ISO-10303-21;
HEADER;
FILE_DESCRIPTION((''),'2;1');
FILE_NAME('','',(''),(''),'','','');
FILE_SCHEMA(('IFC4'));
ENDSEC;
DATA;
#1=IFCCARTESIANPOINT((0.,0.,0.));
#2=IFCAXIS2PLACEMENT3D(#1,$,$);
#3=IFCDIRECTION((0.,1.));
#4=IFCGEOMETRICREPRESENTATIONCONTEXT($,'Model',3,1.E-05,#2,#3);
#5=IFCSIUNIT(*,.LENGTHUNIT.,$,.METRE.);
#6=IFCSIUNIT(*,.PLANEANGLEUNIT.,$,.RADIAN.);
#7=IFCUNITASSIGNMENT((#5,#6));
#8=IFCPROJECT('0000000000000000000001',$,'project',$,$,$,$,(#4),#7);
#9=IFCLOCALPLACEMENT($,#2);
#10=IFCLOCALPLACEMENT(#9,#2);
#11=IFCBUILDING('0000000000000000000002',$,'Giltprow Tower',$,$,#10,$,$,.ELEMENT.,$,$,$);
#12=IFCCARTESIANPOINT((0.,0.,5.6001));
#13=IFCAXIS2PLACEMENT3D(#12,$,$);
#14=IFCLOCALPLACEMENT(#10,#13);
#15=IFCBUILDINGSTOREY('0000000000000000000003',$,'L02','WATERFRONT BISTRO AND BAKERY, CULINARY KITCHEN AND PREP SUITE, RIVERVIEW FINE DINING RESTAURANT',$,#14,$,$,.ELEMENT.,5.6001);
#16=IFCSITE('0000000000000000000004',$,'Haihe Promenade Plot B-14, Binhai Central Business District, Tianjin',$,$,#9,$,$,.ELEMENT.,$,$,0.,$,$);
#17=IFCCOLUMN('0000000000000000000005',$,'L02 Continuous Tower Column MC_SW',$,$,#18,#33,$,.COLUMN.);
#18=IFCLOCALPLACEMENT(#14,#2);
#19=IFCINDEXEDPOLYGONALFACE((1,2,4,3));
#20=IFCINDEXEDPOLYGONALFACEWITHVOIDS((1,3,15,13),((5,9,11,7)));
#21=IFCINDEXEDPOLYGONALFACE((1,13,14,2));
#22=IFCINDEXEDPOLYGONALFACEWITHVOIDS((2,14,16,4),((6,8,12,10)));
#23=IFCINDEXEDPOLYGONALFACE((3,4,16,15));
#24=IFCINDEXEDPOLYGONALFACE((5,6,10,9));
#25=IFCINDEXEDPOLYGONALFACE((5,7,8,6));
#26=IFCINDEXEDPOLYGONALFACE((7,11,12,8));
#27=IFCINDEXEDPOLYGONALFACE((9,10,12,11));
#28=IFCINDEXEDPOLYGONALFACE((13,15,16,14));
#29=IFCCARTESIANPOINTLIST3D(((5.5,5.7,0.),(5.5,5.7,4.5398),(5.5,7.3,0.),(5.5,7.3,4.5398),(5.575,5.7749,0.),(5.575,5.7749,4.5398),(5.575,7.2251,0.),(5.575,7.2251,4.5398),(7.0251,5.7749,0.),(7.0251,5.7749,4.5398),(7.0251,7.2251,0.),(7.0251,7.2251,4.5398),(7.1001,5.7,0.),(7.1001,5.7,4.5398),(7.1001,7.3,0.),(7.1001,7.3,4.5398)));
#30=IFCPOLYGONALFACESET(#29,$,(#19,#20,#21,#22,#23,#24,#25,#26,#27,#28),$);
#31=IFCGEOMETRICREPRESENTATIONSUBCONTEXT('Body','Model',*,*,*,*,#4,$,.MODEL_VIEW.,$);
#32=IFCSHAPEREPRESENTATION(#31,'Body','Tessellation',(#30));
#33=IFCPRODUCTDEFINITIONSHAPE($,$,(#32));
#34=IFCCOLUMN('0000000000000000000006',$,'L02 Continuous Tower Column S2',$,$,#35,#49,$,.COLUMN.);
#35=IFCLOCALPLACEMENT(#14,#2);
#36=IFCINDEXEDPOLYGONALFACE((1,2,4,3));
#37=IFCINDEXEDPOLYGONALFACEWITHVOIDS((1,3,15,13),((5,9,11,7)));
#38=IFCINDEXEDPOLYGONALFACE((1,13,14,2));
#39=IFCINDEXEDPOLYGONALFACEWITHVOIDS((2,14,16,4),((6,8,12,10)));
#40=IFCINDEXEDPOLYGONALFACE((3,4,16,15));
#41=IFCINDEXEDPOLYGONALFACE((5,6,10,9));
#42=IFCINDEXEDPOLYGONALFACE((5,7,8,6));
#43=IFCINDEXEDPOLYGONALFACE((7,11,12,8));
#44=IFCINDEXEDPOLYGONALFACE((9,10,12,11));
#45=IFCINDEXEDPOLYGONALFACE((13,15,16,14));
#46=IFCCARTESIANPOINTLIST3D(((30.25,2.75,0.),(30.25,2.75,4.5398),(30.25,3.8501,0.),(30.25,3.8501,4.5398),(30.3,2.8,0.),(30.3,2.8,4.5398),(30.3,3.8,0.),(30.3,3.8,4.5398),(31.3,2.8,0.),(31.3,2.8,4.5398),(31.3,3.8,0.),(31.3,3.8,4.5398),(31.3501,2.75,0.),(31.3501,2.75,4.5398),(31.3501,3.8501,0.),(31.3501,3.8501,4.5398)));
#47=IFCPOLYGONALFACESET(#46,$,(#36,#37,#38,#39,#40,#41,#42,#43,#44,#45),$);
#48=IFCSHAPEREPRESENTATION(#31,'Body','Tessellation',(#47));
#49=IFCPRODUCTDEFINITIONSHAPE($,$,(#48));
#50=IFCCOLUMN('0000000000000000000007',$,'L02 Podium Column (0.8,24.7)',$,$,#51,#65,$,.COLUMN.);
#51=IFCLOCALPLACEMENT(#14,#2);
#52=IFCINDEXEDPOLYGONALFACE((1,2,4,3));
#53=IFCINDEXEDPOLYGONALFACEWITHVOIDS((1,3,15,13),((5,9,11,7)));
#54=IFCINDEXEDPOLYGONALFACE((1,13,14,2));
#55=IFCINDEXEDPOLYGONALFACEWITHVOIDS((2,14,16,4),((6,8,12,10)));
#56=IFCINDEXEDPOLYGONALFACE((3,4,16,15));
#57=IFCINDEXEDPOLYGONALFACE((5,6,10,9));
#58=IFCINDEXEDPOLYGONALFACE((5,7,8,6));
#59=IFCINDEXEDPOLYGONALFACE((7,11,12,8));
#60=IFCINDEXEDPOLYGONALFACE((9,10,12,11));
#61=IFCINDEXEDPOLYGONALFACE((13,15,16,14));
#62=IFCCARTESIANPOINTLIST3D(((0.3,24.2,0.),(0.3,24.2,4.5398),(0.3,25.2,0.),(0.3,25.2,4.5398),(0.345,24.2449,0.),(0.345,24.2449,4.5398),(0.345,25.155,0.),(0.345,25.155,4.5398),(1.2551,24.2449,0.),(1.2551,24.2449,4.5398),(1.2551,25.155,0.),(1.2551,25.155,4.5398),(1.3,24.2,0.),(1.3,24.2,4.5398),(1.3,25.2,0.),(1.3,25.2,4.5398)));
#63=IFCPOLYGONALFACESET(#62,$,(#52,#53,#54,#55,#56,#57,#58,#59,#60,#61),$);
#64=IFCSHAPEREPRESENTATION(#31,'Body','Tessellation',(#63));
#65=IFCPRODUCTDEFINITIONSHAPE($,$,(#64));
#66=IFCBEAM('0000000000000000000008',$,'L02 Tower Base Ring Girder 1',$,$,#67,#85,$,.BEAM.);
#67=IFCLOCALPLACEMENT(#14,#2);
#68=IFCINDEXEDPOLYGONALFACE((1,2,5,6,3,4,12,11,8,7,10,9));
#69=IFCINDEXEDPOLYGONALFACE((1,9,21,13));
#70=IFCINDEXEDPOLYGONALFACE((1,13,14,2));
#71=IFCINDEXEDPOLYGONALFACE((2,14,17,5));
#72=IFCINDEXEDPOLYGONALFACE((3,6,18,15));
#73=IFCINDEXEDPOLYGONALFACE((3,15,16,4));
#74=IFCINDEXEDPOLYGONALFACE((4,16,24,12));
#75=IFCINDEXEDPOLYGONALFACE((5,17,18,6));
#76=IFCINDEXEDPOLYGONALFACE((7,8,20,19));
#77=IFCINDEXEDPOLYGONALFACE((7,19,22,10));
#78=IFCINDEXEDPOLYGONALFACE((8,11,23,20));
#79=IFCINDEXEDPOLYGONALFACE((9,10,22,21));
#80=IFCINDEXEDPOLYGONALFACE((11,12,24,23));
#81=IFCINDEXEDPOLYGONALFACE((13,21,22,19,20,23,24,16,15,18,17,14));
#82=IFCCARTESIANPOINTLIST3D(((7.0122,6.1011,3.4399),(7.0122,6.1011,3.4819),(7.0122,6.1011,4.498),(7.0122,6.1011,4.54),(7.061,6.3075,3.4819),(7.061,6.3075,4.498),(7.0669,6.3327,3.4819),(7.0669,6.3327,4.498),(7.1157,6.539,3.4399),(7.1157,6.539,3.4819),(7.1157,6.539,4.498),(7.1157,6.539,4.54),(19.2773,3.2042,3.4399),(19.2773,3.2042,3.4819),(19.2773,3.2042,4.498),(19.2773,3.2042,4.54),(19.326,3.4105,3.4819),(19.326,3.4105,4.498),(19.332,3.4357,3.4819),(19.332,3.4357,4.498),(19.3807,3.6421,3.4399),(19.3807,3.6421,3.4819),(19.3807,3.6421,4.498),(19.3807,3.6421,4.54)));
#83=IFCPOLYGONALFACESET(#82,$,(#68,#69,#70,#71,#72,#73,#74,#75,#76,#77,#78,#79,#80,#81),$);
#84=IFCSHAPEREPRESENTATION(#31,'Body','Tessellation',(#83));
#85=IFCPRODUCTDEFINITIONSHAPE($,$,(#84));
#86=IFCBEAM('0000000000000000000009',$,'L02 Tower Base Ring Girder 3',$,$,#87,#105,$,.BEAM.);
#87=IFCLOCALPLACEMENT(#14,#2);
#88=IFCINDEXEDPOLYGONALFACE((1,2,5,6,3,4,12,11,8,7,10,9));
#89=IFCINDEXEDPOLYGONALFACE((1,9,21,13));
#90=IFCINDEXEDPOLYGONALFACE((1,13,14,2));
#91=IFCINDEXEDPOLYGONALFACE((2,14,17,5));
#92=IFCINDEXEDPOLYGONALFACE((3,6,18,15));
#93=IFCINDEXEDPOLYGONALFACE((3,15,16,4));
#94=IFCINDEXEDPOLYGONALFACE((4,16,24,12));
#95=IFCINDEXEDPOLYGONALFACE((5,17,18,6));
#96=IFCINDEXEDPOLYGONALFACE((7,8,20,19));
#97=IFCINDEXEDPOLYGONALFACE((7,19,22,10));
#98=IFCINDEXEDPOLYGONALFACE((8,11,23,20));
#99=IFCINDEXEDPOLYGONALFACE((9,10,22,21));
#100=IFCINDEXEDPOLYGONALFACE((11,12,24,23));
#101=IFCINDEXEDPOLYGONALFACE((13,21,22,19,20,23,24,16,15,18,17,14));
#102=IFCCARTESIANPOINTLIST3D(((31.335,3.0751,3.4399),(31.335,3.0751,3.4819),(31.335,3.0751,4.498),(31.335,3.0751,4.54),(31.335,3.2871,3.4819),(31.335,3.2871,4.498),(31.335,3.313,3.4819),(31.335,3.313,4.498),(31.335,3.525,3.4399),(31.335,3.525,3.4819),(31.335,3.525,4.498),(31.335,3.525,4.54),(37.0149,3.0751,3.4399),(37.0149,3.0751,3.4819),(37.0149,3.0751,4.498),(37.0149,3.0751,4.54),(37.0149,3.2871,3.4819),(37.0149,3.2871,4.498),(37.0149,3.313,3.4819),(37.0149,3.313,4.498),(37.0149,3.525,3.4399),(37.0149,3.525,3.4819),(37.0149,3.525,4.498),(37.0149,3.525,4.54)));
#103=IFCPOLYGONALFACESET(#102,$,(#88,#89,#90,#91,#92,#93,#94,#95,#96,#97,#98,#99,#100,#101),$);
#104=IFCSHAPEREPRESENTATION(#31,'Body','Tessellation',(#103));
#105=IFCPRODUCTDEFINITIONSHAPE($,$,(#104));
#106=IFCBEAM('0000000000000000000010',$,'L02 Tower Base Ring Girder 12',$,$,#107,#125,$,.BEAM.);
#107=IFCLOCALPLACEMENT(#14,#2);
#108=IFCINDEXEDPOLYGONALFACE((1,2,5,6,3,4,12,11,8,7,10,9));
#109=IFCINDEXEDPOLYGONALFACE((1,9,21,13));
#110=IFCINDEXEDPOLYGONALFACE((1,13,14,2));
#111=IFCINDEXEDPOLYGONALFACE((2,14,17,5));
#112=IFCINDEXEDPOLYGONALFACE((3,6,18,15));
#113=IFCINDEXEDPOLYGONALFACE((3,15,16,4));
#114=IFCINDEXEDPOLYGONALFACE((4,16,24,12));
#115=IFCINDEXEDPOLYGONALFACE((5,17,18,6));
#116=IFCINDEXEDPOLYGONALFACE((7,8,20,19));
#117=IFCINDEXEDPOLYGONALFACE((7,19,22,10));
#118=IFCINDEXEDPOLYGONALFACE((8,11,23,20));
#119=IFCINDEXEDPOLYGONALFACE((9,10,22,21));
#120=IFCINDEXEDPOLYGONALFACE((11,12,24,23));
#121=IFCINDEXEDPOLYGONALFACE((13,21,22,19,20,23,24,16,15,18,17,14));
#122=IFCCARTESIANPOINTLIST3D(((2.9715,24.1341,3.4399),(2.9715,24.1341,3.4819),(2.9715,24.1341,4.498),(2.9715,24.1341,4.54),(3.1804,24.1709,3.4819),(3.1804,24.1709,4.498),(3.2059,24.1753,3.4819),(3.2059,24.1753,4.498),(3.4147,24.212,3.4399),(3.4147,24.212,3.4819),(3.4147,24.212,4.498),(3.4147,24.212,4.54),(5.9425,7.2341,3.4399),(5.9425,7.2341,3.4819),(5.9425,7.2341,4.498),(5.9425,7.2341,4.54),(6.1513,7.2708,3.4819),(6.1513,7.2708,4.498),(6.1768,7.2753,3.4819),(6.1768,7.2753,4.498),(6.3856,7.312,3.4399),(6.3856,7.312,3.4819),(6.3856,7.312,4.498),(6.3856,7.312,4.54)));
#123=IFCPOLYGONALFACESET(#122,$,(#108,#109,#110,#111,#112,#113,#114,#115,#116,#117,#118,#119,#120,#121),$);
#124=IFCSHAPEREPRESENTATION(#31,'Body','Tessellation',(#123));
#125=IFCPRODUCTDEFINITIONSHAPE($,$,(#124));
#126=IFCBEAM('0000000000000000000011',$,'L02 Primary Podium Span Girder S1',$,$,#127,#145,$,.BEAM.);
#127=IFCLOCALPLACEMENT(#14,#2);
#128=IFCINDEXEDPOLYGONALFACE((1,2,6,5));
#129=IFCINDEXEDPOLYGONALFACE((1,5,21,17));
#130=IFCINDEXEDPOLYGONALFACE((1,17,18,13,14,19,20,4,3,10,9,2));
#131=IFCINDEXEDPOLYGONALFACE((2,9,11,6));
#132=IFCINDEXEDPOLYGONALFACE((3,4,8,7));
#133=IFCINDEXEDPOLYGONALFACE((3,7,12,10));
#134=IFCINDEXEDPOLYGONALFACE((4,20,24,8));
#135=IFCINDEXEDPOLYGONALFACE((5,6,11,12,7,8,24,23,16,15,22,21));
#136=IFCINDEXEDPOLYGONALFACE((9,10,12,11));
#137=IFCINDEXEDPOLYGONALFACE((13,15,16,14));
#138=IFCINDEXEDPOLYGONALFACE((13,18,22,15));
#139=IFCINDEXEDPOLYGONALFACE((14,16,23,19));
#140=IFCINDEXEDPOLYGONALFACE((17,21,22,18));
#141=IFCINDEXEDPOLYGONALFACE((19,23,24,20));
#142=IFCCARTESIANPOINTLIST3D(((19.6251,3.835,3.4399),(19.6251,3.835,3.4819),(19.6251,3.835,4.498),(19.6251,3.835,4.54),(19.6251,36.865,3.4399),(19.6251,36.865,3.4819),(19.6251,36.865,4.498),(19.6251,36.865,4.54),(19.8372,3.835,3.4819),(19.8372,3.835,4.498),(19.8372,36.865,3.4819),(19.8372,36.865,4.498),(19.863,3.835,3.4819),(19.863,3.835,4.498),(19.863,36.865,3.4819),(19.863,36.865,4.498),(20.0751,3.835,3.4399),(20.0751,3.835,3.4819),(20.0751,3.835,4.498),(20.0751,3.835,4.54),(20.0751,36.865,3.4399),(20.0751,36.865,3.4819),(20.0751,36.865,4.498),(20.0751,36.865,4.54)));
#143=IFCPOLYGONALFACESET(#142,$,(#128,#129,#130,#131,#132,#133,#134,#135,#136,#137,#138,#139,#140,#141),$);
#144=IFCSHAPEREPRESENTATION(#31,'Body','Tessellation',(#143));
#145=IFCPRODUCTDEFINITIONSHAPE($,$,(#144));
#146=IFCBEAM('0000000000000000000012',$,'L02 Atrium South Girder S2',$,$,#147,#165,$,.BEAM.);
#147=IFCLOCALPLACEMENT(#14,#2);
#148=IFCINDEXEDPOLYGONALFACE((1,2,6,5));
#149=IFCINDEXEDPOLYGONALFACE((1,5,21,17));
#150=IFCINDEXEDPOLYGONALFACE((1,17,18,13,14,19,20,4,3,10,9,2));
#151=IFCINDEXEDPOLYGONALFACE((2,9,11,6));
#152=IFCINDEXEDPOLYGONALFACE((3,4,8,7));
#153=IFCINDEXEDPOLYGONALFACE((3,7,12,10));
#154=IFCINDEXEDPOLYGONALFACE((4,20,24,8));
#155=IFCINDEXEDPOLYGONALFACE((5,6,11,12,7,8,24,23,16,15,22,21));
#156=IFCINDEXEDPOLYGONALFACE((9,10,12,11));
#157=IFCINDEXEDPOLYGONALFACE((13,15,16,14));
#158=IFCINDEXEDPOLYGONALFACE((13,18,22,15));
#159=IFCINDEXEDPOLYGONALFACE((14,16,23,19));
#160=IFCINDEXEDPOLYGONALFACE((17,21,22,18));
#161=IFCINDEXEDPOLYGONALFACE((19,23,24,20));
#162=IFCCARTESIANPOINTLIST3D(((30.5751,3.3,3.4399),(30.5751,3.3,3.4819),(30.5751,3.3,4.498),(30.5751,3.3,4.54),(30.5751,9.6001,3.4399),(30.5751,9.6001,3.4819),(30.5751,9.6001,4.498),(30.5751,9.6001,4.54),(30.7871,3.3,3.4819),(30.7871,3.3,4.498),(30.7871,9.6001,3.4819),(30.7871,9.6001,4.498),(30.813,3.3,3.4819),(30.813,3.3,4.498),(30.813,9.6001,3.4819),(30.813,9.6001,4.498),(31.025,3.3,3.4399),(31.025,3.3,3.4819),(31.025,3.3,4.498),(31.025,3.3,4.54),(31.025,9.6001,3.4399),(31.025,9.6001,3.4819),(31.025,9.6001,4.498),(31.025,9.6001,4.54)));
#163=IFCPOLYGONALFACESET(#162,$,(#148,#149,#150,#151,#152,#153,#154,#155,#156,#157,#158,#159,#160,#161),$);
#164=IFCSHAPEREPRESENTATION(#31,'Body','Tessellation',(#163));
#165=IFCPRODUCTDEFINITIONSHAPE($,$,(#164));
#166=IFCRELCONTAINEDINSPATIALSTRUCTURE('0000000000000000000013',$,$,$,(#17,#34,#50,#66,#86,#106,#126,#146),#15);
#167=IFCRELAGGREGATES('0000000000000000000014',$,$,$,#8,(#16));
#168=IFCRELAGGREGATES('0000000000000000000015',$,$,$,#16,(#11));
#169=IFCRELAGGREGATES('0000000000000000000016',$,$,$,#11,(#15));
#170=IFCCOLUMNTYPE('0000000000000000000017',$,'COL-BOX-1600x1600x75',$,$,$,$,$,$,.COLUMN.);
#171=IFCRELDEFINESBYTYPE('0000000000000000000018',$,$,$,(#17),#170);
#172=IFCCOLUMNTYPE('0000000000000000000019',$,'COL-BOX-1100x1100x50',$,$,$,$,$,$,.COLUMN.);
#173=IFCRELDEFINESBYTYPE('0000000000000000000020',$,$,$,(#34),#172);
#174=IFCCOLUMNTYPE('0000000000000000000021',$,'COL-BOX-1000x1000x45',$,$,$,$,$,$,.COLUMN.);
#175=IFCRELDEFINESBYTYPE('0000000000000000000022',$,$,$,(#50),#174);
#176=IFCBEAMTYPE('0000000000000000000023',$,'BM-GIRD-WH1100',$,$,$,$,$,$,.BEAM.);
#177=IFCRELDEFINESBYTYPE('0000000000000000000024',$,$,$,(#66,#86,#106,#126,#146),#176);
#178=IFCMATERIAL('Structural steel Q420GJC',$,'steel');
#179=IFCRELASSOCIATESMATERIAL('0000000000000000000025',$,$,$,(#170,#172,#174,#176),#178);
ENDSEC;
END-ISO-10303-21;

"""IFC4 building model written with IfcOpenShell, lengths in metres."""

from ifc_helpers import new_model, si_unit, direction, frame, origin, origin_2d, place, context, subcontext, project, spatial, hollow_rectangle, i_section, extrude, source, transform, mapped, material, material_profile, profile_set, type_object, element, save


model = new_model("IFC4")

# Units and contexts
model_context = context("Model", 3, precision=1e-05, world=origin(), true_north=direction((0.0, 1.0)))
body_context = subcontext(model_context, "Body", "Model", "MODEL_VIEW")
ifc_project = project(units=[si_unit("LENGTHUNIT", "METRE"), si_unit("PLANEANGLEUNIT", "RADIAN")], contexts=[model_context])

# Site, building, storey
site_placement = place(None, origin())
site = spatial("IfcSite", under=ifc_project, at=site_placement, Name="Haihe Promenade Plot B-14, Binhai Central Business District, Tianjin", CompositionType="ELEMENT", RefElevation=0.0)
building_placement = place(site_placement, origin())
building = spatial("IfcBuilding", under=site, at=building_placement, Name="Giltprow Tower", CompositionType="ELEMENT")
storey_placement = place(building_placement, frame((0.0, 0.0, 5.6001)))
storey = spatial("IfcBuildingStorey", under=building, at=storey_placement, Name="L02", Description="WATERFRONT BISTRO AND BAKERY, CULINARY KITCHEN AND PREP SUITE, RIVERVIEW FINE DINING RESTAURANT", CompositionType="ELEMENT", Elevation=5.6001)

# Columns
ifc_material_1 = material(Name="Structural steel Q420GJC", Category="steel")
ifc_material_profile_1 = material_profile(ifc_material_1, hollow_rectangle(XDim=1.6001, YDim=1.6001, WallThickness=0.075, at=origin_2d()), Name="BOX 1600x1600x75")
ifc_profile_set_1 = profile_set([ifc_material_profile_1], Name="Structural steel Q420GJC")
column_type_1 = type_object("IfcColumnType", Name="COL-BOX-1600x1600x75", PredefinedType="COLUMN", material=ifc_profile_set_1)
shared_shape_1 = source(origin(), body_context, "Body", "SweptSolid", [
    extrude(hollow_rectangle(XDim=1.6001, YDim=1.6001, WallThickness=0.075, at=origin_2d()), origin(), (0.0, 0.0, 1.0), 4.5398),
])
column_1_placement = place(storey_placement, frame((6.3, 6.5, 0.0), z_axis=(0.0, 0.0, 1.0), x_axis=(1.0, 0.0, 0.0)))
element("IfcColumn", 1, at=column_1_placement, inside=storey, type_object=column_type_1, Name="L02 Continuous Tower Column MC_SW", PredefinedType="COLUMN", context=body_context, shape_type="MappedRepresentation", body=[
    mapped(shared_shape_1, transform((0.0, 0.0, 0.0), x_axis=(1.0, 0.0, 0.0), y_axis=(0.0, 1.0, 0.0), z_axis=(0.0, 0.0, 1.0), scale=1.0)),
])
ifc_material_profile_2 = material_profile(ifc_material_1, hollow_rectangle(XDim=1.1001, YDim=1.1001, WallThickness=0.05, at=origin_2d()), Name="BOX 1100x1100x50")
ifc_profile_set_2 = profile_set([ifc_material_profile_2], Name="Structural steel Q420GJC")
column_type_2 = type_object("IfcColumnType", Name="COL-BOX-1100x1100x50", PredefinedType="COLUMN", material=ifc_profile_set_2)
shared_shape_2 = source(origin(), body_context, "Body", "SweptSolid", [
    extrude(hollow_rectangle(XDim=1.1001, YDim=1.1001, WallThickness=0.05, at=origin_2d()), origin(), (0.0, 0.0, 1.0), 4.5398),
])
column_2_placement = place(storey_placement, frame((30.8, 3.3, 0.0), z_axis=(0.0, 0.0, 1.0), x_axis=(1.0, 0.0, 0.0)))
element("IfcColumn", 2, at=column_2_placement, inside=storey, type_object=column_type_2, Name="L02 Continuous Tower Column S2", PredefinedType="COLUMN", context=body_context, shape_type="MappedRepresentation", body=[
    mapped(shared_shape_2, transform((0.0, 0.0, 0.0), x_axis=(1.0, 0.0, 0.0), y_axis=(0.0, 1.0, 0.0), z_axis=(0.0, 0.0, 1.0), scale=1.0)),
])
ifc_material_profile_3 = material_profile(ifc_material_1, hollow_rectangle(XDim=1.0, YDim=1.0, WallThickness=0.0449, at=origin_2d()), Name="BOX 1000x1000x45")
ifc_profile_set_3 = profile_set([ifc_material_profile_3], Name="Structural steel Q420GJC")
column_type_3 = type_object("IfcColumnType", Name="COL-BOX-1000x1000x45", PredefinedType="COLUMN", material=ifc_profile_set_3)
shared_shape_3 = source(origin(), body_context, "Body", "SweptSolid", [
    extrude(hollow_rectangle(XDim=1.0, YDim=1.0, WallThickness=0.0449, at=origin_2d()), origin(), (0.0, 0.0, 1.0), 4.5398),
])
column_3_placement = place(storey_placement, frame((0.8, 24.7, 0.0), z_axis=(0.0, 0.0, 1.0), x_axis=(1.0, 0.0, 0.0)))
element("IfcColumn", 3, at=column_3_placement, inside=storey, type_object=column_type_3, Name="L02 Podium Column (0.8,24.7)", PredefinedType="COLUMN", context=body_context, shape_type="MappedRepresentation", body=[
    mapped(shared_shape_3, transform((0.0, 0.0, 0.0), x_axis=(1.0, 0.0, 0.0), y_axis=(0.0, 1.0, 0.0), z_axis=(0.0, 0.0, 1.0), scale=1.0)),
])

# Beams
ifc_material_profile_4 = material_profile(ifc_material_1, i_section(OverallWidth=0.45, OverallDepth=1.1001, WebThickness=0.0259, FlangeThickness=0.042, at=origin_2d()), Name="WH 1100x450x26x42")
ifc_profile_set_4 = profile_set([ifc_material_profile_4], Name="Structural steel Q420GJC")
beam_type_1 = type_object("IfcBeamType", Name="BM-GIRD-WH1100", PredefinedType="BEAM", material=ifc_profile_set_4)
shared_shape_4 = source(origin(), body_context, "Body", "SweptSolid", [
    extrude(i_section(OverallWidth=0.45, OverallDepth=1.1001, WebThickness=0.0259, FlangeThickness=0.042, at=origin_2d()), origin(), (0.0, 0.0, 1.0), 12.6025),
])
beam_1_placement = place(storey_placement, frame((7.064, 6.3201, 3.99), z_axis=(0.973221, -0.229871, 0.0), x_axis=(0.229871, 0.973221, 0.0)))
element("IfcBeam", 4, at=beam_1_placement, inside=storey, type_object=beam_type_1, Name="L02 Tower Base Ring Girder 1", PredefinedType="BEAM", context=body_context, shape_type="MappedRepresentation", body=[
    mapped(shared_shape_4, transform((0.0, 0.0, 0.0), x_axis=(1.0, 0.0, 0.0), y_axis=(0.0, 1.0, 0.0), z_axis=(0.0, 0.0, 1.0), scale=1.0)),
])
shared_shape_5 = source(origin(), body_context, "Body", "SweptSolid", [
    extrude(i_section(OverallWidth=0.45, OverallDepth=1.1001, WebThickness=0.0259, FlangeThickness=0.042, at=origin_2d()), origin(), (0.0, 0.0, 1.0), 5.6799),
])
beam_2_placement = place(storey_placement, frame((31.335, 3.3, 3.99), z_axis=(1.0, 0.0, 0.0), x_axis=(0.0, 1.0, 0.0)))
element("IfcBeam", 5, at=beam_2_placement, inside=storey, type_object=beam_type_1, Name="L02 Tower Base Ring Girder 3", PredefinedType="BEAM", context=body_context, shape_type="MappedRepresentation", body=[
    mapped(shared_shape_5, transform((0.0, 0.0, 0.0), x_axis=(1.0, 0.0, 0.0), y_axis=(0.0, 1.0, 0.0), z_axis=(0.0, 0.0, 1.0), scale=1.0)),
])
shared_shape_6 = source(origin(), body_context, "Body", "SweptSolid", [
    extrude(i_section(OverallWidth=0.45, OverallDepth=1.1001, WebThickness=0.0259, FlangeThickness=0.042, at=origin_2d()), origin(), (0.0, 0.0, 1.0), 17.1592),
])
beam_3_placement = place(storey_placement, frame((3.1931, 24.1731, 3.99), z_axis=(0.173139, -0.984897, 0.0), x_axis=(0.984897, 0.173139, 0.0)))
element("IfcBeam", 6, at=beam_3_placement, inside=storey, type_object=beam_type_1, Name="L02 Tower Base Ring Girder 12", PredefinedType="BEAM", context=body_context, shape_type="MappedRepresentation", body=[
    mapped(shared_shape_6, transform((0.0, 0.0, 0.0), x_axis=(1.0, 0.0, 0.0), y_axis=(0.0, 1.0, 0.0), z_axis=(0.0, 0.0, 1.0), scale=1.0)),
])
shared_shape_7 = source(origin(), body_context, "Body", "SweptSolid", [
    extrude(i_section(OverallWidth=0.45, OverallDepth=1.1001, WebThickness=0.0259, FlangeThickness=0.042, at=origin_2d()), origin(), (0.0, 0.0, 1.0), 33.03),
])
beam_4_placement = place(storey_placement, frame((19.8501, 3.835, 3.99), z_axis=(0.0, 1.0, 0.0), x_axis=(-1.0, 0.0, 0.0)))
element("IfcBeam", 7, at=beam_4_placement, inside=storey, type_object=beam_type_1, Name="L02 Primary Podium Span Girder S1", PredefinedType="BEAM", context=body_context, shape_type="MappedRepresentation", body=[
    mapped(shared_shape_7, transform((0.0, 0.0, 0.0), x_axis=(1.0, 0.0, 0.0), y_axis=(0.0, 1.0, 0.0), z_axis=(0.0, 0.0, 1.0), scale=1.0)),
])
shared_shape_8 = source(origin(), body_context, "Body", "SweptSolid", [
    extrude(i_section(OverallWidth=0.45, OverallDepth=1.1001, WebThickness=0.0259, FlangeThickness=0.042, at=origin_2d()), origin(), (0.0, 0.0, 1.0), 6.3),
])
beam_5_placement = place(storey_placement, frame((30.8, 3.3, 3.99), z_axis=(0.0, 1.0, 0.0), x_axis=(-1.0, 0.0, 0.0)))
element("IfcBeam", 8, at=beam_5_placement, inside=storey, type_object=beam_type_1, Name="L02 Atrium South Girder S2", PredefinedType="BEAM", context=body_context, shape_type="MappedRepresentation", body=[
    mapped(shared_shape_8, transform((0.0, 0.0, 0.0), x_axis=(1.0, 0.0, 0.0), y_axis=(0.0, 1.0, 0.0), z_axis=(0.0, 0.0, 1.0), scale=1.0)),
])

save(model, "model.ifc")
